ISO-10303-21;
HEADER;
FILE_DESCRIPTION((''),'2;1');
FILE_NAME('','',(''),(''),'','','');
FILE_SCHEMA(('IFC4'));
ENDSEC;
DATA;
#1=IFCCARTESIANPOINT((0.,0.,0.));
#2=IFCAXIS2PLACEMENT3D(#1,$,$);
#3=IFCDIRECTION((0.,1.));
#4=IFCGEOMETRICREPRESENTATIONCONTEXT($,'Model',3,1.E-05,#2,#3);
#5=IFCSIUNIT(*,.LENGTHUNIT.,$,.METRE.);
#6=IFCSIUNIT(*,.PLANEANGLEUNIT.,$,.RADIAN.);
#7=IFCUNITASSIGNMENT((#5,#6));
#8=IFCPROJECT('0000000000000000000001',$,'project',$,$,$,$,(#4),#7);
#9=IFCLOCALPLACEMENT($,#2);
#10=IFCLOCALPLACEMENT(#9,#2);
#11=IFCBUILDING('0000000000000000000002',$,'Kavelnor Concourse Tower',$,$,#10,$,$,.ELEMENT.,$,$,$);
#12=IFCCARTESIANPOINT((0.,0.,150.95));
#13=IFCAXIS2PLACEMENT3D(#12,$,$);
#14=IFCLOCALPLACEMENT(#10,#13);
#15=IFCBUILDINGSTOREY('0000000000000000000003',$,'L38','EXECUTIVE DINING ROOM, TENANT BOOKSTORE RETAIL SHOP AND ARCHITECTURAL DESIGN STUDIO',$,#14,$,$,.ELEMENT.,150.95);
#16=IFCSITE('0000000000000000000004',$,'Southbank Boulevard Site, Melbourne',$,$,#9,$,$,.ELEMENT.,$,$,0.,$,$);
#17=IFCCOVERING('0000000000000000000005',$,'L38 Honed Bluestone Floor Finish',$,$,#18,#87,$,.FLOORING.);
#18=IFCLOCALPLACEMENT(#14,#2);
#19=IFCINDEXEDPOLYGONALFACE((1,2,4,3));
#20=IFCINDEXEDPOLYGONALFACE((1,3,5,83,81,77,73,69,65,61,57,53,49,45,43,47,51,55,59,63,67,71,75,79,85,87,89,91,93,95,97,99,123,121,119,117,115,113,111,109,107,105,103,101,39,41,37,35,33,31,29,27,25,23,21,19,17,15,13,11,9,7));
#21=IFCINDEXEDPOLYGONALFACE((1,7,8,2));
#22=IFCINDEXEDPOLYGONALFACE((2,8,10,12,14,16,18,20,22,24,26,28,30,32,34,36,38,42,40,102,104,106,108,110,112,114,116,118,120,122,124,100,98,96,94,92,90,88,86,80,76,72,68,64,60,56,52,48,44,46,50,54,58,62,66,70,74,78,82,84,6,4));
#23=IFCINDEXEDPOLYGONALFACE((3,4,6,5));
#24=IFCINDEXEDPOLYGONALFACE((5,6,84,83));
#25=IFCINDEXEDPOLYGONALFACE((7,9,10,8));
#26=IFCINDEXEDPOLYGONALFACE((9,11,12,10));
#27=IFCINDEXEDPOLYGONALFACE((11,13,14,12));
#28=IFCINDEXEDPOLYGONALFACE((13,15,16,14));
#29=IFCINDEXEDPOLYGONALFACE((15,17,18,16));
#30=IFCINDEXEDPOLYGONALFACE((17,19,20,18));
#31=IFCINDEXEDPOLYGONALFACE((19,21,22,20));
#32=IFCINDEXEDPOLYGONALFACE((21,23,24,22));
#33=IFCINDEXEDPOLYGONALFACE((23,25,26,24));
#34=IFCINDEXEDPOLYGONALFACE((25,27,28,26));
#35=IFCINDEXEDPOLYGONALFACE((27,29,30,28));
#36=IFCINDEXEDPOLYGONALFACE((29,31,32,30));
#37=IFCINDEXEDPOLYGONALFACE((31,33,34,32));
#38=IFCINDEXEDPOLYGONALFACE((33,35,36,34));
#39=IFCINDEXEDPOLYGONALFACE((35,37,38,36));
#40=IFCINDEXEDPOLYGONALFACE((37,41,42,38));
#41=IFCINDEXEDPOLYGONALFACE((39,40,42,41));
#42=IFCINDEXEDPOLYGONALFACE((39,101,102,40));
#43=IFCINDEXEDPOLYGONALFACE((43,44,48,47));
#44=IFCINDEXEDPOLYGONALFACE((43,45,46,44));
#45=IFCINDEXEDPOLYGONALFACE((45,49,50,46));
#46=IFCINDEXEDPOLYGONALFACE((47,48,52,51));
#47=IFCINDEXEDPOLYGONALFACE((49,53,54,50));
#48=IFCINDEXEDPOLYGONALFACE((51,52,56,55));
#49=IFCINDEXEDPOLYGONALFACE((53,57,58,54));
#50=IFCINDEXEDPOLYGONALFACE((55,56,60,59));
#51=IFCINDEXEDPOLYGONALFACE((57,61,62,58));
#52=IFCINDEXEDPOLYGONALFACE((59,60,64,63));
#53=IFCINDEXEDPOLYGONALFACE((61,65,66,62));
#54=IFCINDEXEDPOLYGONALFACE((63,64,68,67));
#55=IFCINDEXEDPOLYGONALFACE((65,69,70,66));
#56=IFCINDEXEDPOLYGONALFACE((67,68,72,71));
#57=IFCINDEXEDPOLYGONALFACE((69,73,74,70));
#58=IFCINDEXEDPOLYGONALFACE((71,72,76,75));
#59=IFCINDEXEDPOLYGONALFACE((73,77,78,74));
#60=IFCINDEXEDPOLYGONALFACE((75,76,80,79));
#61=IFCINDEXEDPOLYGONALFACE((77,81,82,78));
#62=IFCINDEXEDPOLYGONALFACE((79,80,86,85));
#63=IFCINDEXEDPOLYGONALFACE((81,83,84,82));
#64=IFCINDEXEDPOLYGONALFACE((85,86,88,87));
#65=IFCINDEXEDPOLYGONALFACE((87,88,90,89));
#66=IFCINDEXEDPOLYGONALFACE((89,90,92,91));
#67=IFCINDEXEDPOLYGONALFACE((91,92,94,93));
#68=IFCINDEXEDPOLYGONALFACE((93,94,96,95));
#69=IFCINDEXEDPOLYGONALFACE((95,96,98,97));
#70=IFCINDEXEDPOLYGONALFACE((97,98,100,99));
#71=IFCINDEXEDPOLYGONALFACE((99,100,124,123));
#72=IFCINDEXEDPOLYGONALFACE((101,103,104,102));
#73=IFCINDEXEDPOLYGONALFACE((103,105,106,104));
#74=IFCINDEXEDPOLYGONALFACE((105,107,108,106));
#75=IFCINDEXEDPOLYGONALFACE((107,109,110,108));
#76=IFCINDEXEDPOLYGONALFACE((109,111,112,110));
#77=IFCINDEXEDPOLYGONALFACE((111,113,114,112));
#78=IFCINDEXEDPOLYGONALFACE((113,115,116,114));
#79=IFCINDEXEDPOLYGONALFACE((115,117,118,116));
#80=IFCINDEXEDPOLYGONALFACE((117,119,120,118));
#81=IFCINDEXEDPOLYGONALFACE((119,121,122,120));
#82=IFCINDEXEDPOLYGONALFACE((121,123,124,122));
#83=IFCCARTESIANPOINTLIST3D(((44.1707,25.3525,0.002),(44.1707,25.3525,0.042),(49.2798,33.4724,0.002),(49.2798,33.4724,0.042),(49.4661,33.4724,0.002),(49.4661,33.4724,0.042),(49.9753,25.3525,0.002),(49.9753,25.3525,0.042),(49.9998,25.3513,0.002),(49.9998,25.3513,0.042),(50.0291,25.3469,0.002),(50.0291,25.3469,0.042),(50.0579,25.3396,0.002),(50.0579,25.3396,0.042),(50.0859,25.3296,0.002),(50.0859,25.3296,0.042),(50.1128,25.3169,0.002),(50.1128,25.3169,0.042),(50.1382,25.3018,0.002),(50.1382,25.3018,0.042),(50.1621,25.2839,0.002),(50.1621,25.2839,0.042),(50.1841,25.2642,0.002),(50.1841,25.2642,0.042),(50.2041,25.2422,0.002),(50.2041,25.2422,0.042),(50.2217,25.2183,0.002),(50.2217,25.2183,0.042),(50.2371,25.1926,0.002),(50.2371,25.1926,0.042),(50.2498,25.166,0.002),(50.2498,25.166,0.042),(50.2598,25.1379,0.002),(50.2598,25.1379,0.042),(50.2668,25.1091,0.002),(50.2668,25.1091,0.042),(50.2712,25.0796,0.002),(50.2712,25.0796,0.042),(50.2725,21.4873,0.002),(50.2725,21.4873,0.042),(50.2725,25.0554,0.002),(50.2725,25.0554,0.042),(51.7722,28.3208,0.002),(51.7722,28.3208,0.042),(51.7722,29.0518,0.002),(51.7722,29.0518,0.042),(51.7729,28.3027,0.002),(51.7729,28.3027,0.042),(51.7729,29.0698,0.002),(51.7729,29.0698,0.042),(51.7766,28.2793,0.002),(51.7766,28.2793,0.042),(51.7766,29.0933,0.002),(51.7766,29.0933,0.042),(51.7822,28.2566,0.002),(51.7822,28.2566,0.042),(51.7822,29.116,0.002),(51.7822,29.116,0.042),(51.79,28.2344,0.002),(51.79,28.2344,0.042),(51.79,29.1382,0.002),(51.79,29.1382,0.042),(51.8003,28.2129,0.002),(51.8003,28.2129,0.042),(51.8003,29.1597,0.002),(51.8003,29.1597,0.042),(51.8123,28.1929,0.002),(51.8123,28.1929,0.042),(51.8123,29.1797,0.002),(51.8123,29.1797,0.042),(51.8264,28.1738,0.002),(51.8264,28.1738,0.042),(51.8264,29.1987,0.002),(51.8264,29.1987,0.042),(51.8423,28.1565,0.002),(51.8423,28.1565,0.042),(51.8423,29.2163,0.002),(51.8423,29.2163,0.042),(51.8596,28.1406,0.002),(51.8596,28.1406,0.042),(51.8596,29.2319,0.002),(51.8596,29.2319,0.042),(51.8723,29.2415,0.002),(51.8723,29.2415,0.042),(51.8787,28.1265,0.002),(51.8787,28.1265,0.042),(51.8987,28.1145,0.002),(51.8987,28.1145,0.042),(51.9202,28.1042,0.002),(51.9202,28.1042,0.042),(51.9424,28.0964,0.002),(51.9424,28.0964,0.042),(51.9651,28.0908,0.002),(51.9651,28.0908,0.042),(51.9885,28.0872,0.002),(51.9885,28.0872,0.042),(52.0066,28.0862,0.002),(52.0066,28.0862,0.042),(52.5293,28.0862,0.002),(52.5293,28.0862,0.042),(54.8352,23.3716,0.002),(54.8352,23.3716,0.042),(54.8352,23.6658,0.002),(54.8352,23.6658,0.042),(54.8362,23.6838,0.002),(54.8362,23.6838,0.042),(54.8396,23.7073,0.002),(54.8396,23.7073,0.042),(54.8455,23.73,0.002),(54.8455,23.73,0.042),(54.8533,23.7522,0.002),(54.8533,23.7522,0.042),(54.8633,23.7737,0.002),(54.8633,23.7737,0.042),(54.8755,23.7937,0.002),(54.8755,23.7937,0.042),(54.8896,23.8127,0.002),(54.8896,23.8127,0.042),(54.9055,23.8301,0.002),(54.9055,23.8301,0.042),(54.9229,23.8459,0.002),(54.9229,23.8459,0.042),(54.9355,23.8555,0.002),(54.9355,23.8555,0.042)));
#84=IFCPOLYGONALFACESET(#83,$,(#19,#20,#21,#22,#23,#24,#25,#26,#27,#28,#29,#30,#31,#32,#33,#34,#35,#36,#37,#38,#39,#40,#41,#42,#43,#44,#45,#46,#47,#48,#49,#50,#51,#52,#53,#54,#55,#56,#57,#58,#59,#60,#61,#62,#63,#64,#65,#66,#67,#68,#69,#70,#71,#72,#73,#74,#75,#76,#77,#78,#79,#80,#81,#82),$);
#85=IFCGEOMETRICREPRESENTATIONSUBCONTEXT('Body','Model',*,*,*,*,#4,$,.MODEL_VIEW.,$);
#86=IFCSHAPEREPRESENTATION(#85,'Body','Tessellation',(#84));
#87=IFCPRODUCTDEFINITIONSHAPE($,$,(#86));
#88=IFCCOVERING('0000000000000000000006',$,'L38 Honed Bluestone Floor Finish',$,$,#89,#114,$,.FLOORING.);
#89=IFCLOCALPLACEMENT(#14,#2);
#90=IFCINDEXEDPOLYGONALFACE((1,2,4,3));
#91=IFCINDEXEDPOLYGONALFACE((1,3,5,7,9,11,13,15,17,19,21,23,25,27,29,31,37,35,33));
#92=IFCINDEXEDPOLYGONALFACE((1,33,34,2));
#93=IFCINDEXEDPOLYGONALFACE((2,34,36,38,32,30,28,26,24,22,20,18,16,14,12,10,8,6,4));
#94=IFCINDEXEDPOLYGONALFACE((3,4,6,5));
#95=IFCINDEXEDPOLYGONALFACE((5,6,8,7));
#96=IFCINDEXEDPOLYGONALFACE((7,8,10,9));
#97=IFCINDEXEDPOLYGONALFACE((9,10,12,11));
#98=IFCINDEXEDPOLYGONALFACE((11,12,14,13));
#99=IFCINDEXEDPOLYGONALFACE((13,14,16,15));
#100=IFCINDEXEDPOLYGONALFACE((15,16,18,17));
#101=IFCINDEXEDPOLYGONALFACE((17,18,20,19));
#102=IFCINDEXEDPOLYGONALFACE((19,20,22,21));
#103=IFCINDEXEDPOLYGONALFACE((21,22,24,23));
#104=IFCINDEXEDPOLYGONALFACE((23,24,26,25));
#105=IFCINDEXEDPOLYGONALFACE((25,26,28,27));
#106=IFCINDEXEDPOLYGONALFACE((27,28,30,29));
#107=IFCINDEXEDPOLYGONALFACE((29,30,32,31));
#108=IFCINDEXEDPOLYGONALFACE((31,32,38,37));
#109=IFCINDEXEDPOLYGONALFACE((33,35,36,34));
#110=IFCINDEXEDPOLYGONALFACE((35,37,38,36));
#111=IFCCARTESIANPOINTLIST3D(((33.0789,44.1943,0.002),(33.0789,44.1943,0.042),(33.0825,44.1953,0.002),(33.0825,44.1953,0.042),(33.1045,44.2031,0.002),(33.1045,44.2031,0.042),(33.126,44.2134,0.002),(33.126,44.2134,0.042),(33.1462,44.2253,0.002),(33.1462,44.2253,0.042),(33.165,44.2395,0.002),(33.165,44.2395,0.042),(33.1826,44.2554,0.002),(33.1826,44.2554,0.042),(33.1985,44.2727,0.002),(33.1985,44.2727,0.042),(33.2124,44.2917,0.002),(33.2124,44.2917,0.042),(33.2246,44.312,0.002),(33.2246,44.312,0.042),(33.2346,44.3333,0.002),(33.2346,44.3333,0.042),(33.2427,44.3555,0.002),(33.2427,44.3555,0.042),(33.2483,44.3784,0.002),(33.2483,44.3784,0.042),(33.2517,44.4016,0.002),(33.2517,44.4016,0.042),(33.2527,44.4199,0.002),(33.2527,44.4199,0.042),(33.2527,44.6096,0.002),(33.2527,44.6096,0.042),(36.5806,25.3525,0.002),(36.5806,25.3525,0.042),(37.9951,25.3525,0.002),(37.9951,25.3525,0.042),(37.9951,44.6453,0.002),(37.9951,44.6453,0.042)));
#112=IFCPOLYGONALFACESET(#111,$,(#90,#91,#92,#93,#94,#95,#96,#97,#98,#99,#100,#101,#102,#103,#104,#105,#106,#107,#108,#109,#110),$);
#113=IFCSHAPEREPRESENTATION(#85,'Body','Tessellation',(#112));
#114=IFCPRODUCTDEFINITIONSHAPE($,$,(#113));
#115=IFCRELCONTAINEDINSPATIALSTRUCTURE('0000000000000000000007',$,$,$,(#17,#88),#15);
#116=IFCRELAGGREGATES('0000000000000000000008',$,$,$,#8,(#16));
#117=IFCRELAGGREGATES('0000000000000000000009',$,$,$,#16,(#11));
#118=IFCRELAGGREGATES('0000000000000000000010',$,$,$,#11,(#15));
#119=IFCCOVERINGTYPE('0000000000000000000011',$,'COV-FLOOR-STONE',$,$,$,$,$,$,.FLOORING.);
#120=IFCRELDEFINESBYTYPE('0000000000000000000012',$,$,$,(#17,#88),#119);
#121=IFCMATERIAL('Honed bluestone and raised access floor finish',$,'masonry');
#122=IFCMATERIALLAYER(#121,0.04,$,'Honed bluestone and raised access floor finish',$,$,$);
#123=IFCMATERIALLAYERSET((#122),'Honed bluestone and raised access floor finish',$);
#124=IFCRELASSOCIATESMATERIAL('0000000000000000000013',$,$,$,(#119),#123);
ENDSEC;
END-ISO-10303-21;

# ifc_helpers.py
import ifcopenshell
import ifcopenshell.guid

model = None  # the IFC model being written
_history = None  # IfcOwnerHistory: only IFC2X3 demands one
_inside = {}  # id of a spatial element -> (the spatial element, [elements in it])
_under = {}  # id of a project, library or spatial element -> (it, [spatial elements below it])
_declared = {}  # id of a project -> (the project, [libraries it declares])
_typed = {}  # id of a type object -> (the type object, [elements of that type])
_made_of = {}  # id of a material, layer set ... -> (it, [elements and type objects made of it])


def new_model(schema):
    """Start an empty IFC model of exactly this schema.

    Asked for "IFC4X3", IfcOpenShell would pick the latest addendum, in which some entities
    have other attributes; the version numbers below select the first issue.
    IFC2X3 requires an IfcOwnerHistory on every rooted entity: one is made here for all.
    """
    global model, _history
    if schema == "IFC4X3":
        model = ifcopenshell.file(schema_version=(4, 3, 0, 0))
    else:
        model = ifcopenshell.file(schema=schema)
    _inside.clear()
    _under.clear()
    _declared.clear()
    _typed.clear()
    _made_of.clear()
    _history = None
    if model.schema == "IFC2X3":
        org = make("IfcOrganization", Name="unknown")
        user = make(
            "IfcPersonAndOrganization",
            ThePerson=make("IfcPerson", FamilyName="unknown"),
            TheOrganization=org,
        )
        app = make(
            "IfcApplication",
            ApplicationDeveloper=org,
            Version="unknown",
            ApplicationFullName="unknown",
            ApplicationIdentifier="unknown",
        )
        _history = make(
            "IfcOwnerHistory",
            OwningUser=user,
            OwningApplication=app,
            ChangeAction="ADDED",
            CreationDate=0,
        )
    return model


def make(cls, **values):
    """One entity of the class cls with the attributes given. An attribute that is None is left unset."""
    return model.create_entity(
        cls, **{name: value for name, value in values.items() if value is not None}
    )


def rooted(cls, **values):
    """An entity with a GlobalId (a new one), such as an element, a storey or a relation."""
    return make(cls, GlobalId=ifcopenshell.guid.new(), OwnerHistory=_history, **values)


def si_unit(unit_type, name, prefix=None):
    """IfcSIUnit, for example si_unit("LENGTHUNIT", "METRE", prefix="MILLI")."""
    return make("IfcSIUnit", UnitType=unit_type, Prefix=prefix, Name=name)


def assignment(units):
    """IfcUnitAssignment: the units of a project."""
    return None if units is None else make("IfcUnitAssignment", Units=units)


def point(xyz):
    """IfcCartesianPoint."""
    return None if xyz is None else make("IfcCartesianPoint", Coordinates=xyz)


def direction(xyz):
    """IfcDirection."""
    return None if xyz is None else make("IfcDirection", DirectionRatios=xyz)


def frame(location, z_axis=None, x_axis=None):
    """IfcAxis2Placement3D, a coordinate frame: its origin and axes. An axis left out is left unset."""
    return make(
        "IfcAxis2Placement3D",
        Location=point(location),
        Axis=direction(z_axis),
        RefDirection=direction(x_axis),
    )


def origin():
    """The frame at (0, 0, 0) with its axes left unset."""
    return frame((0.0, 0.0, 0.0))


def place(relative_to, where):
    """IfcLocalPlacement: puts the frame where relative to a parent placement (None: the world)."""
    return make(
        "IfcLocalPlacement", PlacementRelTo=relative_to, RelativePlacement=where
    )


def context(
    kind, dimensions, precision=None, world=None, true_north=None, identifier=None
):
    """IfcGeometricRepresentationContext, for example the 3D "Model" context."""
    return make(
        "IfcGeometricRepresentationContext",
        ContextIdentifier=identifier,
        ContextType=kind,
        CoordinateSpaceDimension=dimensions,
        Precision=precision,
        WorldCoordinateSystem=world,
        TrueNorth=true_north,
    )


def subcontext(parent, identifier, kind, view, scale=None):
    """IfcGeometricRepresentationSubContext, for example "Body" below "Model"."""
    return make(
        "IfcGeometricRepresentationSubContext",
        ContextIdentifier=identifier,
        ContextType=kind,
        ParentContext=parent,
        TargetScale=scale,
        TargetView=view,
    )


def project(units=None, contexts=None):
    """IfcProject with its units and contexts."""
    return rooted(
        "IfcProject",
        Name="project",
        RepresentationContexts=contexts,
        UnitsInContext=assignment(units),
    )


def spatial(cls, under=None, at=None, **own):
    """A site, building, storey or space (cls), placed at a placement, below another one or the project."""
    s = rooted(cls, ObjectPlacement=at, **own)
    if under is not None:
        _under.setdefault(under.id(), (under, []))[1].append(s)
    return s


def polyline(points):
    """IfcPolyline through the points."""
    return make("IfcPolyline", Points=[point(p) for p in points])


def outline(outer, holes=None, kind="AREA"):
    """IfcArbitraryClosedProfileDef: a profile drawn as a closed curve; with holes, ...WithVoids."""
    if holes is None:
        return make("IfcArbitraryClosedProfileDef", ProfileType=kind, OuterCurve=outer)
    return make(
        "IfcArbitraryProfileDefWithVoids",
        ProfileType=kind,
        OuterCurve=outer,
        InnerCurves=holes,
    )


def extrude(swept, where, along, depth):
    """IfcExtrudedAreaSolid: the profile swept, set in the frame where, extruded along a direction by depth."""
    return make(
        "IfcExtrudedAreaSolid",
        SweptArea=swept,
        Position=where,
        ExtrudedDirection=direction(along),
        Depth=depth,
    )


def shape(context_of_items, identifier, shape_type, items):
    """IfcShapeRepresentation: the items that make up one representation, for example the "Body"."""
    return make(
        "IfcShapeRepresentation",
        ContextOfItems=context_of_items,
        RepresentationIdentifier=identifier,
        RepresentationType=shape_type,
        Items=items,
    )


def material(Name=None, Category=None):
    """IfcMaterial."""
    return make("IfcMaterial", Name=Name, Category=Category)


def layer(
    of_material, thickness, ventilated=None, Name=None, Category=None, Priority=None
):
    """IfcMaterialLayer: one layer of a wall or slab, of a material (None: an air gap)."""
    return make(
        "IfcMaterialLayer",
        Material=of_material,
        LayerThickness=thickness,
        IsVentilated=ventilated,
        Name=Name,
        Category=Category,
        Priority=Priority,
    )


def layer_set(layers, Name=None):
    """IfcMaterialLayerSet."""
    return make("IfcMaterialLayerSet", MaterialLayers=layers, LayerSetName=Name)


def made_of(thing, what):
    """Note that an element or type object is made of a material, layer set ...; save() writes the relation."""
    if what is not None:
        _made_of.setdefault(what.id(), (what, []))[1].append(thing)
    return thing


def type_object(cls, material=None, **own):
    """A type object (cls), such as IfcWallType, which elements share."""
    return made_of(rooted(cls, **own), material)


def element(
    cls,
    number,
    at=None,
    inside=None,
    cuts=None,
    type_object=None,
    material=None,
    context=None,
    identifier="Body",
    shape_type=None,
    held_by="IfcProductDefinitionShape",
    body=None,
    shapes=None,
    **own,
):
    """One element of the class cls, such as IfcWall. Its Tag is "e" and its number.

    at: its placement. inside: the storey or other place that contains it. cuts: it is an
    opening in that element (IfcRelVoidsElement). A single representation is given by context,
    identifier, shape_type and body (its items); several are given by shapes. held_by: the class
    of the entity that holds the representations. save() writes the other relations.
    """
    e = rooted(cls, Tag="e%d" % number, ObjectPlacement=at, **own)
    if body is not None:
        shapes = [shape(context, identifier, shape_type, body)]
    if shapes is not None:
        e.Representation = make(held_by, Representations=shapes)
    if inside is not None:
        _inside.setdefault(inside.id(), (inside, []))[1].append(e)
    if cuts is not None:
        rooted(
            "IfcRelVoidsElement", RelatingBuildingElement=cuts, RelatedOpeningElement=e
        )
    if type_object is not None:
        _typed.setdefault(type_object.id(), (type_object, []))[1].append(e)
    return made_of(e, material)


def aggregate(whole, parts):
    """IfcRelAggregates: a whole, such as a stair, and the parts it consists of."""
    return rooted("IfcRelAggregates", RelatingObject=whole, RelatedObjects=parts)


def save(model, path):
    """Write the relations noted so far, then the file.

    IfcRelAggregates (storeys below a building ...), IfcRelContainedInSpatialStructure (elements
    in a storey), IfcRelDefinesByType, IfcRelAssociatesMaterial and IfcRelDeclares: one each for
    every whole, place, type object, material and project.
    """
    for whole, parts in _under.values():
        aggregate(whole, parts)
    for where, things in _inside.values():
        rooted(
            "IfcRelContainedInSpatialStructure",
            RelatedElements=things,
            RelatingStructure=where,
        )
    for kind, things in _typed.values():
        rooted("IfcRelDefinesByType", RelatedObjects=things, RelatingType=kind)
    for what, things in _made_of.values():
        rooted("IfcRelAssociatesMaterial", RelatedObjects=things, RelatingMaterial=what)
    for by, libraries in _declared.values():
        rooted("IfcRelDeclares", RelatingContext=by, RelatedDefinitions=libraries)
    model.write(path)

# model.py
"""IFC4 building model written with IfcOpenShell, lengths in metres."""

from ifc_helpers import new_model, si_unit, direction, frame, origin, place, context, subcontext, project, spatial, polyline, outline, extrude, material, layer, layer_set, type_object, element, save


model = new_model("IFC4")

# Units and contexts
model_context = context("Model", 3, precision=1e-05, world=origin(), true_north=direction((0.0, 1.0)))
body_context = subcontext(model_context, "Body", "Model", "MODEL_VIEW")
ifc_project = project(units=[si_unit("LENGTHUNIT", "METRE"), si_unit("PLANEANGLEUNIT", "RADIAN")], contexts=[model_context])

# Site, building, storey
site_placement = place(None, origin())
site = spatial("IfcSite", under=ifc_project, at=site_placement, Name="Southbank Boulevard Site, Melbourne", CompositionType="ELEMENT", RefElevation=0.0)
building_placement = place(site_placement, origin())
building = spatial("IfcBuilding", under=site, at=building_placement, Name="Kavelnor Concourse Tower", CompositionType="ELEMENT")
storey_placement = place(building_placement, frame((0.0, 0.0, 150.95)))
storey = spatial("IfcBuildingStorey", under=building, at=storey_placement, Name="L38", Description="EXECUTIVE DINING ROOM, TENANT BOOKSTORE RETAIL SHOP AND ARCHITECTURAL DESIGN STUDIO", CompositionType="ELEMENT", Elevation=150.95)

# Coverings
ifc_material_1 = material(Name="Honed bluestone and raised access floor finish", Category="masonry")
ifc_layer_1 = layer(ifc_material_1, 0.04, Name="Honed bluestone and raised access floor finish")
ifc_layer_set_1 = layer_set([ifc_layer_1], Name="Honed bluestone and raised access floor finish")
covering_type_1 = type_object("IfcCoveringType", Name="COV-FLOOR-STONE", PredefinedType="FLOORING", material=ifc_layer_set_1)
covering_1_placement = place(storey_placement, frame((0.0, 0.0, 0.002)))
element("IfcCovering", 1, at=covering_1_placement, inside=storey, type_object=covering_type_1, Name="L38 Honed Bluestone Floor Finish", PredefinedType="FLOORING", context=body_context, shape_type="SweptSolid", body=[
    extrude(outline(polyline([(50.2712, 25.0796), (50.2668, 25.1091), (50.2598, 25.1379), (50.2498, 25.166), (50.2371, 25.1926), (50.2217, 25.2183), (50.2041, 25.2422), (50.1841, 25.2642), (50.1621, 25.2839), (50.1382, 25.3018), (50.1128, 25.3169), (50.0859, 25.3296), (50.0579, 25.3396), (50.0291, 25.3469), (49.9998, 25.3513), (49.9753, 25.3525), (44.1707, 25.3525), (49.2798, 33.4724), (49.4661, 33.4724), (51.8723, 29.2415), (51.8596, 29.2319), (51.8423, 29.2163), (51.8264, 29.1987), (51.8123, 29.1797), (51.8003, 29.1597), (51.79, 29.1382), (51.7822, 29.116), (51.7766, 29.0933), (51.7729, 29.0698), (51.7722, 29.0518), (51.7722, 28.3208), (51.7729, 28.3027), (51.7766, 28.2793), (51.7822, 28.2566), (51.79, 28.2344), (51.8003, 28.2129), (51.8123, 28.1929), (51.8264, 28.1738), (51.8423, 28.1565), (51.8596, 28.1406), (51.8787, 28.1265), (51.8987, 28.1145), (51.9202, 28.1042), (51.9424, 28.0964), (51.9651, 28.0908), (51.9885, 28.0872), (52.0066, 28.0862), (52.5293, 28.0862), (54.9355, 23.8555), (54.9229, 23.8459), (54.9055, 23.8301), (54.8896, 23.8127), (54.8755, 23.7937), (54.8633, 23.7737), (54.8533, 23.7522), (54.8455, 23.73), (54.8396, 23.7073), (54.8362, 23.6838), (54.8352, 23.6658), (54.8352, 23.3716), (50.2725, 21.4873), (50.2725, 25.0554), (50.2712, 25.0796)])), origin(), (0.0, 0.0, 1.0), 0.04),
])
covering_2_placement = place(storey_placement, frame((0.0, 0.0, 0.002)))
element("IfcCovering", 2, at=covering_2_placement, inside=storey, type_object=covering_type_1, Name="L38 Honed Bluestone Floor Finish", PredefinedType="FLOORING", context=body_context, shape_type="SweptSolid", body=[
    extrude(outline(polyline([(33.1045, 44.2031), (33.126, 44.2134), (33.1462, 44.2253), (33.165, 44.2395), (33.1826, 44.2554), (33.1985, 44.2727), (33.2124, 44.2917), (33.2246, 44.312), (33.2346, 44.3333), (33.2427, 44.3555), (33.2483, 44.3784), (33.2517, 44.4016), (33.2527, 44.4199), (33.2527, 44.6096), (37.9951, 44.6453), (37.9951, 25.3525), (36.5806, 25.3525), (33.0789, 44.1943), (33.0825, 44.1953), (33.1045, 44.2031)])), origin(), (0.0, 0.0, 1.0), 0.04),
])

save(model, "model.ifc")
